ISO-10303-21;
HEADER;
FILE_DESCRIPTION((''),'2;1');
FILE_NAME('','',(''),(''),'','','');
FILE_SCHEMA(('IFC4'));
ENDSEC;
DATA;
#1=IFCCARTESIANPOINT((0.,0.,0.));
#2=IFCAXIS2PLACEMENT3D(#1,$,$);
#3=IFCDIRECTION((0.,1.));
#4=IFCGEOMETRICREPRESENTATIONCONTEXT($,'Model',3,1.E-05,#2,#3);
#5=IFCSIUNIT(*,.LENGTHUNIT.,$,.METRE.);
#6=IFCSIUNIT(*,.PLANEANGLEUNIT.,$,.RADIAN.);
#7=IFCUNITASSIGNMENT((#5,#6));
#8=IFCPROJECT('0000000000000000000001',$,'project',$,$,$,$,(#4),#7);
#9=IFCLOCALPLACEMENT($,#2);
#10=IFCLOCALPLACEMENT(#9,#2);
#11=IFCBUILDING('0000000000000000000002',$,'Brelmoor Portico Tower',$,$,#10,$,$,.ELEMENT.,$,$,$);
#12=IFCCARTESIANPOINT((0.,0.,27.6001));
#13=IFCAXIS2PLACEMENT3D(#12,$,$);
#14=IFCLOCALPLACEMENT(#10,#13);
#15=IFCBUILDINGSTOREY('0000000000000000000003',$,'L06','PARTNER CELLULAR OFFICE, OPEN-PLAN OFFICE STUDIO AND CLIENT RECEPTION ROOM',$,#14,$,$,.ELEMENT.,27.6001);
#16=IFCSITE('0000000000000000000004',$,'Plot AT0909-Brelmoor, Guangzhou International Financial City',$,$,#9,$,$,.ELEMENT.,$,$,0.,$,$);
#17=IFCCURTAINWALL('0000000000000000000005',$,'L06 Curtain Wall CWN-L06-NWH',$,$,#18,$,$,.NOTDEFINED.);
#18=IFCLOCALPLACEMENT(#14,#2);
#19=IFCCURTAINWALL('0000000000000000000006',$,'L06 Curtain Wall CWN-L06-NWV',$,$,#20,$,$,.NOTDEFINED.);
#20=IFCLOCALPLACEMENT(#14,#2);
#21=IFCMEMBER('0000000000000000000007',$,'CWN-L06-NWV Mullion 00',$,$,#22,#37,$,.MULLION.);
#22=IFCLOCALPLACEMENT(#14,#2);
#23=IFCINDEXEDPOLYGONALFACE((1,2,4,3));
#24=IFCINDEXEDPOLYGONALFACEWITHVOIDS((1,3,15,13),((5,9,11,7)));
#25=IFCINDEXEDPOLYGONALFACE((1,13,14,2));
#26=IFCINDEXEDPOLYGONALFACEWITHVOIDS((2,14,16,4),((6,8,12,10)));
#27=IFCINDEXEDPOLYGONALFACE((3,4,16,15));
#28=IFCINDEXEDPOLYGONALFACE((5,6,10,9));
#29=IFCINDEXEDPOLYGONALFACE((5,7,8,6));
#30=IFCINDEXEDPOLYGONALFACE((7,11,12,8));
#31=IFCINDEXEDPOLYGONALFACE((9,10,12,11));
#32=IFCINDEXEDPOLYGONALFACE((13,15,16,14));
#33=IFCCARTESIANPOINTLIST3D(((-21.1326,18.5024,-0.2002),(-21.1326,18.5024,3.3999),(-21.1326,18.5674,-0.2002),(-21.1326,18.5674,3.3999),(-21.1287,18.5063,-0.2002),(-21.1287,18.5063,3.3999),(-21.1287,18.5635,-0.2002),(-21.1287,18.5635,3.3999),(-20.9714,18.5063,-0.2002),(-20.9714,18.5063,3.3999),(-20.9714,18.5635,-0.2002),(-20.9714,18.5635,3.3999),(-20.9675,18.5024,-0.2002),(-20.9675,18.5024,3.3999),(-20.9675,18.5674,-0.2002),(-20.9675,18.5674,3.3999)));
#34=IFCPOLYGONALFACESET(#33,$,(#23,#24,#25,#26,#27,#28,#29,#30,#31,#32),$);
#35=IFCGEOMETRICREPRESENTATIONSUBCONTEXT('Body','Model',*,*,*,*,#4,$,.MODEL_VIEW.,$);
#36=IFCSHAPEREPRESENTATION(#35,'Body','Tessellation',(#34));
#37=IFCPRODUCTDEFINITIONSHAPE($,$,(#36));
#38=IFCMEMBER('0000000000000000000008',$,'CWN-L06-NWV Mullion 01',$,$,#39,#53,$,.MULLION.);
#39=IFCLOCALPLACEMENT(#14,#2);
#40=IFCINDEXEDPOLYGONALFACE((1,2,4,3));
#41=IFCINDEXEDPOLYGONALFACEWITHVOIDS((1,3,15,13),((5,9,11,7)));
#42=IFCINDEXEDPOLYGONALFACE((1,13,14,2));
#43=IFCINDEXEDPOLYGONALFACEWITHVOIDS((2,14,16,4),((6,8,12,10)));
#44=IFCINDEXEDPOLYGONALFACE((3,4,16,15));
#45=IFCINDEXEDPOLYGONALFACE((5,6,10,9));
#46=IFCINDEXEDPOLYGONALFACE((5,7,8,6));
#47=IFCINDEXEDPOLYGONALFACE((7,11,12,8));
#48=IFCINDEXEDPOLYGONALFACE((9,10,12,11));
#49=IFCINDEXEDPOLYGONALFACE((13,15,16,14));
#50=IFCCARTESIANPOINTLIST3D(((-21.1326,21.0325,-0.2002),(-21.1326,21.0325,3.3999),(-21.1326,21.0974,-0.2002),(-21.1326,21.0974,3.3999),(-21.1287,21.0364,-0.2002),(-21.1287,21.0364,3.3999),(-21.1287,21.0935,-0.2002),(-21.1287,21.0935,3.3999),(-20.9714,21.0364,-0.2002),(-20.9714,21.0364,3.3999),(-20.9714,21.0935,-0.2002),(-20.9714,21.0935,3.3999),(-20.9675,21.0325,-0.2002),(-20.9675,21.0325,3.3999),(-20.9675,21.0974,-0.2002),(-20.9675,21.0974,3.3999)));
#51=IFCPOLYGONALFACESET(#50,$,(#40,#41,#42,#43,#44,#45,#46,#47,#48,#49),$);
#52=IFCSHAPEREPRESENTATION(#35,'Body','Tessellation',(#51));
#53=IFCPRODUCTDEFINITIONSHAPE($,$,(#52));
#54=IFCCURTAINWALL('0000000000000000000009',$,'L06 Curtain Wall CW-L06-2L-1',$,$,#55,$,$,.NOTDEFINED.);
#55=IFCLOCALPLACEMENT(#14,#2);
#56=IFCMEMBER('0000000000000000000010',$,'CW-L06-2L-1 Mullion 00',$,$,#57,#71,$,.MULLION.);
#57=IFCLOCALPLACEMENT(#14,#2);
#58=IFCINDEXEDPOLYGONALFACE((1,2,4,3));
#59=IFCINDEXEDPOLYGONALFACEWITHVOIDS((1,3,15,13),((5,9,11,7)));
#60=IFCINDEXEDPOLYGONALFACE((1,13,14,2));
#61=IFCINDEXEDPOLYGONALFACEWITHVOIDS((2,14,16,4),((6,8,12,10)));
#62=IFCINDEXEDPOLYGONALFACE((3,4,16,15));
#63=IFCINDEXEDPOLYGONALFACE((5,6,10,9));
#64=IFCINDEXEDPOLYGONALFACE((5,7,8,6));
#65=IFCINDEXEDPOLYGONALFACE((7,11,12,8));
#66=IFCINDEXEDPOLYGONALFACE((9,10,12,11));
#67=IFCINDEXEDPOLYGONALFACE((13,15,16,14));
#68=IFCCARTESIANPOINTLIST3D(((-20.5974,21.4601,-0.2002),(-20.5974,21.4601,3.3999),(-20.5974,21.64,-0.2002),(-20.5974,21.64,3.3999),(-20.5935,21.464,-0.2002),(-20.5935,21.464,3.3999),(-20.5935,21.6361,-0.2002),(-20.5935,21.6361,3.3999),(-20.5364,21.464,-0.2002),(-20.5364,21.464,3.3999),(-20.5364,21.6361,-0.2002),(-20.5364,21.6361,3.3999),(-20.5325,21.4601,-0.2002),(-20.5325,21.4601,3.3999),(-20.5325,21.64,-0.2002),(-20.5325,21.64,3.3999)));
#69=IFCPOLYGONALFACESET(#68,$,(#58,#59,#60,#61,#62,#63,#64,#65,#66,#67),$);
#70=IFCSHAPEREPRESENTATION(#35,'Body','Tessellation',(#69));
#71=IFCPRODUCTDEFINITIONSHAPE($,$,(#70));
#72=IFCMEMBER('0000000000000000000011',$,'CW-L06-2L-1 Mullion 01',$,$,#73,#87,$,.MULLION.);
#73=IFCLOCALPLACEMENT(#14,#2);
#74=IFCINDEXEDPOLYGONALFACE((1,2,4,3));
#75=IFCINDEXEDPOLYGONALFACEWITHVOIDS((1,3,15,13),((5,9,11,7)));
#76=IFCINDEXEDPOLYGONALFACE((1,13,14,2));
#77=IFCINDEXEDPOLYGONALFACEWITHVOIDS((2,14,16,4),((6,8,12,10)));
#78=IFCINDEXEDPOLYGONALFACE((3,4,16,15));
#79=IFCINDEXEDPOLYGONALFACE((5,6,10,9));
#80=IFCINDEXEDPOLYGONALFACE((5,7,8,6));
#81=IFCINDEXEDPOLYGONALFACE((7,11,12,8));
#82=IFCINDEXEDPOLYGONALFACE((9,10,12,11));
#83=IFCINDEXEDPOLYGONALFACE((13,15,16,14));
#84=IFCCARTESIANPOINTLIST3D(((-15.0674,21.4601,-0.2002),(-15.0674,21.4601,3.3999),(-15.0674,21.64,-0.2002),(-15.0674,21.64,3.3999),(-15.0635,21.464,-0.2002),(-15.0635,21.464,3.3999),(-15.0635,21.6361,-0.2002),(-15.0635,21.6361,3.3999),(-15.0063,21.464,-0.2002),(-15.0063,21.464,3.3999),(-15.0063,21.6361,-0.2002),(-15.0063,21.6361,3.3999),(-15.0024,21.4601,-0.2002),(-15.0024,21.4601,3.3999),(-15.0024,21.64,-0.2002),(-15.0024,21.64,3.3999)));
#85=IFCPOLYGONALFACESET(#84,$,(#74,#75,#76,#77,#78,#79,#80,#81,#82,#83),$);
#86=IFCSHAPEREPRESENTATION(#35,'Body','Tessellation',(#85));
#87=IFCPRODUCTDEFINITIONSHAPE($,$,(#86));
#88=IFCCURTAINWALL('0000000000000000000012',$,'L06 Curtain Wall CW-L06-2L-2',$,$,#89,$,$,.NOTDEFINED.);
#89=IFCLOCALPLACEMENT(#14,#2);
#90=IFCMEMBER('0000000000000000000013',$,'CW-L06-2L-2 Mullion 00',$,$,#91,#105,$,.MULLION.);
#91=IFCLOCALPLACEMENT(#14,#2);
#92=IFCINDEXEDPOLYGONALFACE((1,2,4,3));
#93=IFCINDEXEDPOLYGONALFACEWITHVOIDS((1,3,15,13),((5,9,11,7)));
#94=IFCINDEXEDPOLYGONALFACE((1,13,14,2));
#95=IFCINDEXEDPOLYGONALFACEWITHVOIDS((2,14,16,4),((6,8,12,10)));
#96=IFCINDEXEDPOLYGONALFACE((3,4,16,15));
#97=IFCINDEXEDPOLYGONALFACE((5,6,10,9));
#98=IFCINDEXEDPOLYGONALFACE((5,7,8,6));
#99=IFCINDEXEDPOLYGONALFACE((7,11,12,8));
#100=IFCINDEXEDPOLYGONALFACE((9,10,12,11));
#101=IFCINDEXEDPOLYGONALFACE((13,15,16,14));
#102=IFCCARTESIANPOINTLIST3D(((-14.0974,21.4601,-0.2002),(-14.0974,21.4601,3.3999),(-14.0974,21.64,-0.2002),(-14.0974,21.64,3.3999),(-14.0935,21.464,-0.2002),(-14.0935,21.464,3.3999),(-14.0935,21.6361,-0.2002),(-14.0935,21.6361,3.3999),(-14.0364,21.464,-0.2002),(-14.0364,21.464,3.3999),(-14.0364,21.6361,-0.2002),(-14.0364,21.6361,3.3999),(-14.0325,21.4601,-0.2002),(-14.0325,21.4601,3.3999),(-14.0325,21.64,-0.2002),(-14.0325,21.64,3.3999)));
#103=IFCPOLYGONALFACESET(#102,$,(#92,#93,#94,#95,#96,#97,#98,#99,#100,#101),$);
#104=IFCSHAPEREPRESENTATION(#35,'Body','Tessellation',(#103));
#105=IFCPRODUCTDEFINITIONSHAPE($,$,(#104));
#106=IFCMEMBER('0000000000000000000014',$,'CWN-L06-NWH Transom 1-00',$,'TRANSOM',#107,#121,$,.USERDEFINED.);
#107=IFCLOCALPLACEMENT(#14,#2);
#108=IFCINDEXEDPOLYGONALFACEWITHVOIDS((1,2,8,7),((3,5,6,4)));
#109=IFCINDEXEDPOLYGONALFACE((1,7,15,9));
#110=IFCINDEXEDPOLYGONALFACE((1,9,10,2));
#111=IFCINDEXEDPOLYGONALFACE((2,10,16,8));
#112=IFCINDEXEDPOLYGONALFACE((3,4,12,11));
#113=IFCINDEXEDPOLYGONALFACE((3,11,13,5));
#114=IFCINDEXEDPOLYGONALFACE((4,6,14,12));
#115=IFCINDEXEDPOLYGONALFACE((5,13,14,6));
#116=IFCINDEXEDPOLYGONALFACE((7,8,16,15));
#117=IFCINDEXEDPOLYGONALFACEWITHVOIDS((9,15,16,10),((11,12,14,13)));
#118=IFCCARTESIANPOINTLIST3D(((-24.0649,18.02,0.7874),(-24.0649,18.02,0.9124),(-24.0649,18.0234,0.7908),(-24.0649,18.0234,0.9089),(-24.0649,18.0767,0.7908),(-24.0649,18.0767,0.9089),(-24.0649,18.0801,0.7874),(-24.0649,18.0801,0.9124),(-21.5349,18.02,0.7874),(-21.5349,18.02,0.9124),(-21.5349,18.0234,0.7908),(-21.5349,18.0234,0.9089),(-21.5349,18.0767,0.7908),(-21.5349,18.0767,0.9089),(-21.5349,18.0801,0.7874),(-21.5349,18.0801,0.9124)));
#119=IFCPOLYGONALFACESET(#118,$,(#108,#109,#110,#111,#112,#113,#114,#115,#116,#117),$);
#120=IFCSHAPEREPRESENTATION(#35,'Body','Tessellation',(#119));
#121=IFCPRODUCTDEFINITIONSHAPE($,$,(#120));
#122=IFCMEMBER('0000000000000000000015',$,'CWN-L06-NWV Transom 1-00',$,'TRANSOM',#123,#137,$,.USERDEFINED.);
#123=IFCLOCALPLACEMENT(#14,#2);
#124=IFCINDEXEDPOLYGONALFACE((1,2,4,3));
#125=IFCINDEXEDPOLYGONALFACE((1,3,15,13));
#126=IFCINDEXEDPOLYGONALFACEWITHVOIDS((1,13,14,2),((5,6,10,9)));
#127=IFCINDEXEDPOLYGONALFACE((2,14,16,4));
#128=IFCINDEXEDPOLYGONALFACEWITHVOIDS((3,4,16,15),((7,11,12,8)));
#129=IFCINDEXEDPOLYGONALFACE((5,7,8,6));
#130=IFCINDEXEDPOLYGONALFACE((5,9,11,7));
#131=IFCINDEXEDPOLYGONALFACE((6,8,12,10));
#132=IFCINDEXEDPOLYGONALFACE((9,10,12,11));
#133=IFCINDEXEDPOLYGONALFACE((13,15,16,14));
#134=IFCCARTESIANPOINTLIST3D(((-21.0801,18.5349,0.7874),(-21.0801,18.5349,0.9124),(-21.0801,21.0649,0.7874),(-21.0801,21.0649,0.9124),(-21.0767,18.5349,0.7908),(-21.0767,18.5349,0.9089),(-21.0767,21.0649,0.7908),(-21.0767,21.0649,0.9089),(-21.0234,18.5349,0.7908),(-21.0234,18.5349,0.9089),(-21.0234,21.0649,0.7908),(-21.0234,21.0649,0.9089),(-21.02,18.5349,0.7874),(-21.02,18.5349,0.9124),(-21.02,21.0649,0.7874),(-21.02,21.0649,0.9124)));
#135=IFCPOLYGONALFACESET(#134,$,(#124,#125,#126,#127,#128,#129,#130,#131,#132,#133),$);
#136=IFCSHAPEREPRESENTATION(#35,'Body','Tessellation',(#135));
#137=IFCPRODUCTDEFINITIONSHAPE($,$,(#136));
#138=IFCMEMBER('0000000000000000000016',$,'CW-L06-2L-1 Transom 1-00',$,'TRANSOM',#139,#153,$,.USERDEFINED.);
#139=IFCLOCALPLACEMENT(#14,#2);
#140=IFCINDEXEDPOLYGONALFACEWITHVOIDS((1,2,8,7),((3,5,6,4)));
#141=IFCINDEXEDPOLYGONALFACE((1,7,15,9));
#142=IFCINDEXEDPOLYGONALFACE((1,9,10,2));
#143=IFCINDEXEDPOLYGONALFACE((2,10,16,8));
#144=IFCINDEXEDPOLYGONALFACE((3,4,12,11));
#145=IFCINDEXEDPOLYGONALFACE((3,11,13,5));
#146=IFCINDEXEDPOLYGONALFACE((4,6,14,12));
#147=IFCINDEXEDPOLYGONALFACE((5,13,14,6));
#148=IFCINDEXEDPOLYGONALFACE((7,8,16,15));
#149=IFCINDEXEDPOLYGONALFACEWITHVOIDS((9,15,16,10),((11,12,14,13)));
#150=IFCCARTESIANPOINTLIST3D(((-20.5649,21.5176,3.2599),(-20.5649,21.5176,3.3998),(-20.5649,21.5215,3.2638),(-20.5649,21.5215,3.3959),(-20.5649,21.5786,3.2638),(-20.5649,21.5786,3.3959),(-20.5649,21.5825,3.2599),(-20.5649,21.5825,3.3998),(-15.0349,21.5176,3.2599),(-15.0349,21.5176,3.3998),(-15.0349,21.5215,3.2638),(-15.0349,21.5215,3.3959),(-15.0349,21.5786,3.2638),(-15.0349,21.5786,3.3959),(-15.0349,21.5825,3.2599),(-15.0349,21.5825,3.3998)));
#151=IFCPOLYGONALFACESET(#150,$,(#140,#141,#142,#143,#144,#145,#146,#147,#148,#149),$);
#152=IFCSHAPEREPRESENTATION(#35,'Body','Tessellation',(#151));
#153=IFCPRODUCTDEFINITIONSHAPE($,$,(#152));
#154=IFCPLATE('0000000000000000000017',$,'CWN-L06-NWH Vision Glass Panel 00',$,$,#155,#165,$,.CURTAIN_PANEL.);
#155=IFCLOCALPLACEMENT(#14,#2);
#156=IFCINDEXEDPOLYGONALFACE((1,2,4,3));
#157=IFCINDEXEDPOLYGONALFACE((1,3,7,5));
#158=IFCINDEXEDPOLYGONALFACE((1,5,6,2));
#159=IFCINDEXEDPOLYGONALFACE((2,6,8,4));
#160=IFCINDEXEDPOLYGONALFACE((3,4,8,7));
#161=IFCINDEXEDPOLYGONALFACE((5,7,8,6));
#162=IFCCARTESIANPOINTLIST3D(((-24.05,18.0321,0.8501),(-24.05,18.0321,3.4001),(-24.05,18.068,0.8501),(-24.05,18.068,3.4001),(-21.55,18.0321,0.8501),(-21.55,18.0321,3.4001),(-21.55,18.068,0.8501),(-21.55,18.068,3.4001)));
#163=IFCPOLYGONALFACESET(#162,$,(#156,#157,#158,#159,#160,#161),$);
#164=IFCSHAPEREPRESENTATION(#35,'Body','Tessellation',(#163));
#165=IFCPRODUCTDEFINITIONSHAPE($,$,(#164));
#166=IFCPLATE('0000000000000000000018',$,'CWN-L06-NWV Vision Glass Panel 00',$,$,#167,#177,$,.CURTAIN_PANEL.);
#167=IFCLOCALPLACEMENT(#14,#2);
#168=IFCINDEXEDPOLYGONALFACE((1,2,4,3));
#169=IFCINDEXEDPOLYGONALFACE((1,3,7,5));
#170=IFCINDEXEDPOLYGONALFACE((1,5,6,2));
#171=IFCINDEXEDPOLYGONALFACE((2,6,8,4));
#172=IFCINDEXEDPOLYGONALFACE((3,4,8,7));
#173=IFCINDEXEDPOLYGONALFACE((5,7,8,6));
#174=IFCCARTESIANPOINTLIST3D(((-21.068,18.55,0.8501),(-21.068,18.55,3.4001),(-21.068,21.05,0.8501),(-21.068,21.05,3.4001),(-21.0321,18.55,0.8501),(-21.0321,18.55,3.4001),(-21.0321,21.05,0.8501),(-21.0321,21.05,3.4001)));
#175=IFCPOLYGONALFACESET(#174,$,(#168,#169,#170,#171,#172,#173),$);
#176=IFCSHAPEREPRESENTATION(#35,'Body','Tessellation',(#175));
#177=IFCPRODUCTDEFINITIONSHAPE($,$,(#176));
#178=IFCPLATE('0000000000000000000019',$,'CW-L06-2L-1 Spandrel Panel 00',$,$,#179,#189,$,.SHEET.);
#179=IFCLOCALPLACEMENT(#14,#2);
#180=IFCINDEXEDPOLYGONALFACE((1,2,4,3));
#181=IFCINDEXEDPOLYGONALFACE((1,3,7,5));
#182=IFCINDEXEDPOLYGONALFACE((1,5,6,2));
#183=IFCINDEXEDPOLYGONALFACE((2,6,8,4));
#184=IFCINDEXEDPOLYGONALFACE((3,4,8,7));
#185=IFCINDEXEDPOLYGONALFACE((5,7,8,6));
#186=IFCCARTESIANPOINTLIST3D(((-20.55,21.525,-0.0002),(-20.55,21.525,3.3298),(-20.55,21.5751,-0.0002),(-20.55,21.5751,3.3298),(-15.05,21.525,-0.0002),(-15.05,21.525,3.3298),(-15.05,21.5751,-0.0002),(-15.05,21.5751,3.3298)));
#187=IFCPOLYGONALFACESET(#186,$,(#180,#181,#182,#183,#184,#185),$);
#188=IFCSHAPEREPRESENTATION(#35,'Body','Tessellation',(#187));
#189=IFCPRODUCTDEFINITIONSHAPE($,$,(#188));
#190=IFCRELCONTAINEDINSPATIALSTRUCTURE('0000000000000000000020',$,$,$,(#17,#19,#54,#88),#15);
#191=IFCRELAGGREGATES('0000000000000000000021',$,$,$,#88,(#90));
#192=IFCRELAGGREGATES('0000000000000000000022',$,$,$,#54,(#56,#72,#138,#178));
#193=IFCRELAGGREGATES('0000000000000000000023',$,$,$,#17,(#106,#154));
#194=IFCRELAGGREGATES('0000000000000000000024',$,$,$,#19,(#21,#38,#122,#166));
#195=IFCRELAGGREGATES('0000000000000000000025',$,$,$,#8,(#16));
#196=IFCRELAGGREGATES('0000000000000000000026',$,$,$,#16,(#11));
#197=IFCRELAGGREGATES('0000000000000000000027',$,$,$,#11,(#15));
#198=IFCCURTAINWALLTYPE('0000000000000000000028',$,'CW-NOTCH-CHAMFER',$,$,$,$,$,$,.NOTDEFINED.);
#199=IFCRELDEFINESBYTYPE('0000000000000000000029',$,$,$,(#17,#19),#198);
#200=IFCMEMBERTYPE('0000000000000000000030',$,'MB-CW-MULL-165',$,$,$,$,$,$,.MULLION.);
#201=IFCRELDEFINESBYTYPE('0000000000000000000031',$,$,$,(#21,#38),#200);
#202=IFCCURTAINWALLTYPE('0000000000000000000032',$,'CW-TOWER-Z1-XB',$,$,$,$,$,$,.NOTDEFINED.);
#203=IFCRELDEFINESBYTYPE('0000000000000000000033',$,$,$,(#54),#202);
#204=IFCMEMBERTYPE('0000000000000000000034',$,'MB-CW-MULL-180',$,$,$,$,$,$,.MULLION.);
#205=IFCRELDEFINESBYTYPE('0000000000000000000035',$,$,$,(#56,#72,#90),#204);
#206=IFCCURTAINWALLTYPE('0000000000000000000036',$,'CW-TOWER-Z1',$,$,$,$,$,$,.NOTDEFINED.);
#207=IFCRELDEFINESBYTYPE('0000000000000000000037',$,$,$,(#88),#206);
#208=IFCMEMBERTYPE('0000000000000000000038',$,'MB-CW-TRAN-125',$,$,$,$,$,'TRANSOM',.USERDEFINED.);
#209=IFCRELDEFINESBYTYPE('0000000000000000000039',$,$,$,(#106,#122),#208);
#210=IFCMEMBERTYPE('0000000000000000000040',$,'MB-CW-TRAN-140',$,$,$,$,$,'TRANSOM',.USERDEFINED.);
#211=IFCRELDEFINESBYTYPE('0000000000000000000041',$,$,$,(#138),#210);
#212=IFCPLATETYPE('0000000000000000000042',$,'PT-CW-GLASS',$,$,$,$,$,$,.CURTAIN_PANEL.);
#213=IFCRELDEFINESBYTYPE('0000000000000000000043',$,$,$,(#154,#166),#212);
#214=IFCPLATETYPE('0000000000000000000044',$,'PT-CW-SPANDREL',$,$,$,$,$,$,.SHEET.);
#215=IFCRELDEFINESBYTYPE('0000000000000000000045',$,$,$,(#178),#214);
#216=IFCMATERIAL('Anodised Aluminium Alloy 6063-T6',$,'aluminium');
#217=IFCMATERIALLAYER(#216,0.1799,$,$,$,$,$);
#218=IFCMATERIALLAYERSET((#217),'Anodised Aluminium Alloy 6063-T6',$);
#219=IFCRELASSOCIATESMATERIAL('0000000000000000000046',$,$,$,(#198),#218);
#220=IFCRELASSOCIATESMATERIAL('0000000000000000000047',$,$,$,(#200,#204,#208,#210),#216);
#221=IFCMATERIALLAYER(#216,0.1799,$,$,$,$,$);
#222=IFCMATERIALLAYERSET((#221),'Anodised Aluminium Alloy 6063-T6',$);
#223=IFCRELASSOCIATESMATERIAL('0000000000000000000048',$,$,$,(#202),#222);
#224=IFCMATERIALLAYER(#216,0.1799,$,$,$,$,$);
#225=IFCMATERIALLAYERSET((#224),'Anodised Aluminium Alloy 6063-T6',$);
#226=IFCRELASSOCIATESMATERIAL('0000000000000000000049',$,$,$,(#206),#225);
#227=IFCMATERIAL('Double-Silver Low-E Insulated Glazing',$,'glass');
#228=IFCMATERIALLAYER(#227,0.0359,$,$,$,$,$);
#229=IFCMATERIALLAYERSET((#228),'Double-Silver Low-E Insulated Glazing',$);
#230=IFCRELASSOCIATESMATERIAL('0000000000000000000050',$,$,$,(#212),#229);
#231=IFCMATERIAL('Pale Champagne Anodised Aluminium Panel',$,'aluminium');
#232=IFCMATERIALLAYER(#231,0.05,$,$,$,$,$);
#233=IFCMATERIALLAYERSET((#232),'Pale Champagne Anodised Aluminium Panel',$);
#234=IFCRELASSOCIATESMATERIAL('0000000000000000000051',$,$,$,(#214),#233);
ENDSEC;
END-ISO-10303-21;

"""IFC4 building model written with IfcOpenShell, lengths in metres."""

from ifc_helpers import new_model, si_unit, direction, frame, origin, origin_2d, place, context, subcontext, project, spatial, rectangle, hollow_rectangle, extrude, material, layer, layer_set, material_profile, profile_set, type_object, element, aggregate, save


model = new_model("IFC4")

# Units and contexts
model_context = context("Model", 3, precision=1e-05, world=origin(), true_north=direction((0.0, 1.0)))
body_context = subcontext(model_context, "Body", "Model", "MODEL_VIEW")
ifc_project = project(units=[si_unit("LENGTHUNIT", "METRE"), si_unit("PLANEANGLEUNIT", "RADIAN")], contexts=[model_context])

# Site, building, storey
site_placement = place(None, origin())
site = spatial("IfcSite", under=ifc_project, at=site_placement, Name="Plot AT0909-Brelmoor, Guangzhou International Financial City", CompositionType="ELEMENT", RefElevation=0.0)
building_placement = place(site_placement, origin())
building = spatial("IfcBuilding", under=site, at=building_placement, Name="Brelmoor Portico Tower", CompositionType="ELEMENT")
storey_placement = place(building_placement, frame((0.0, 0.0, 27.6001)))
storey = spatial("IfcBuildingStorey", under=building, at=storey_placement, Name="L06", Description="PARTNER CELLULAR OFFICE, OPEN-PLAN OFFICE STUDIO AND CLIENT RECEPTION ROOM", CompositionType="ELEMENT", Elevation=27.6001)

# Curtain walls, members
ifc_material_1 = material(Name="Anodised Aluminium Alloy 6063-T6", Category="aluminium")
ifc_layer_1 = layer(ifc_material_1, 0.1799)
ifc_layer_set_1 = layer_set([ifc_layer_1], Name="Anodised Aluminium Alloy 6063-T6")
curtain_wall_type_1 = type_object("IfcCurtainWallType", Name="CW-NOTCH-CHAMFER", PredefinedType="NOTDEFINED", material=ifc_layer_set_1)
curtain_wall_1_placement = place(storey_placement, origin())
curtain_wall_1 = element("IfcCurtainWall", 1, at=curtain_wall_1_placement, inside=storey, type_object=curtain_wall_type_1, Name="L06 Curtain Wall CWN-L06-NWH", PredefinedType="NOTDEFINED")
ifc_material_profile_1 = material_profile(ifc_material_1, hollow_rectangle(XDim=0.0649, YDim=0.165, WallThickness=0.0039, at=origin_2d()), Name="ALU MULLION 65x165")
ifc_profile_set_1 = profile_set([ifc_material_profile_1], Name="Anodised Aluminium Alloy 6063-T6")
member_type_1 = type_object("IfcMemberType", Name="MB-CW-MULL-165", PredefinedType="MULLION", material=ifc_profile_set_1)
curtain_wall_2_placement = place(storey_placement, origin())
curtain_wall_2 = element("IfcCurtainWall", 2, at=curtain_wall_2_placement, inside=storey, type_object=curtain_wall_type_1, Name="L06 Curtain Wall CWN-L06-NWV", PredefinedType="NOTDEFINED")
member_1_placement = place(storey_placement, frame((-21.05, 18.5349, -0.2002), z_axis=(0.0, 0.0, 1.0), x_axis=(0.0, 1.0, 0.0)))
member_1 = element("IfcMember", 3, at=member_1_placement, type_object=member_type_1, Name="CWN-L06-NWV Mullion 00", PredefinedType="MULLION", context=body_context, shape_type="SweptSolid", body=[
    extrude(hollow_rectangle(XDim=0.0649, YDim=0.165, WallThickness=0.0039, at=origin_2d()), origin(), (0.0, 0.0, 1.0), 3.6001),
])
member_2_placement = place(storey_placement, frame((-21.05, 21.0649, -0.2002), z_axis=(0.0, 0.0, 1.0), x_axis=(0.0, 1.0, 0.0)))
member_2 = element("IfcMember", 4, at=member_2_placement, type_object=member_type_1, Name="CWN-L06-NWV Mullion 01", PredefinedType="MULLION", context=body_context, shape_type="SweptSolid", body=[
    extrude(hollow_rectangle(XDim=0.0649, YDim=0.165, WallThickness=0.0039, at=origin_2d()), origin(), (0.0, 0.0, 1.0), 3.6001),
])
ifc_layer_2 = layer(ifc_material_1, 0.1799)
ifc_layer_set_2 = layer_set([ifc_layer_2], Name="Anodised Aluminium Alloy 6063-T6")
curtain_wall_type_2 = type_object("IfcCurtainWallType", Name="CW-TOWER-Z1-XB", PredefinedType="NOTDEFINED", material=ifc_layer_set_2)
curtain_wall_3_placement = place(storey_placement, origin())
curtain_wall_3 = element("IfcCurtainWall", 5, at=curtain_wall_3_placement, inside=storey, type_object=curtain_wall_type_2, Name="L06 Curtain Wall CW-L06-2L-1", PredefinedType="NOTDEFINED")
ifc_material_profile_2 = material_profile(ifc_material_1, hollow_rectangle(XDim=0.0649, YDim=0.1799, WallThickness=0.0039, at=origin_2d()), Name="ALU MULLION 65x180")
ifc_profile_set_2 = profile_set([ifc_material_profile_2], Name="Anodised Aluminium Alloy 6063-T6")
member_type_2 = type_object("IfcMemberType", Name="MB-CW-MULL-180", PredefinedType="MULLION", material=ifc_profile_set_2)
member_3_placement = place(storey_placement, frame((-20.5649, 21.55, -0.2002), z_axis=(0.0, 0.0, 1.0), x_axis=(1.0, 0.0, 0.0)))
member_3 = element("IfcMember", 6, at=member_3_placement, type_object=member_type_2, Name="CW-L06-2L-1 Mullion 00", PredefinedType="MULLION", context=body_context, shape_type="SweptSolid", body=[
    extrude(hollow_rectangle(XDim=0.0649, YDim=0.1799, WallThickness=0.0039, at=origin_2d()), origin(), (0.0, 0.0, 1.0), 3.6001),
])
member_4_placement = place(storey_placement, frame((-15.0349, 21.55, -0.2002), z_axis=(0.0, 0.0, 1.0), x_axis=(1.0, 0.0, 0.0)))
member_4 = element("IfcMember", 7, at=member_4_placement, type_object=member_type_2, Name="CW-L06-2L-1 Mullion 01", PredefinedType="MULLION", context=body_context, shape_type="SweptSolid", body=[
    extrude(hollow_rectangle(XDim=0.0649, YDim=0.1799, WallThickness=0.0039, at=origin_2d()), origin(), (0.0, 0.0, 1.0), 3.6001),
])

# Curtain wall, member
ifc_layer_3 = layer(ifc_material_1, 0.1799)
ifc_layer_set_3 = layer_set([ifc_layer_3], Name="Anodised Aluminium Alloy 6063-T6")
curtain_wall_type_3 = type_object("IfcCurtainWallType", Name="CW-TOWER-Z1", PredefinedType="NOTDEFINED", material=ifc_layer_set_3)
curtain_wall_4_placement = place(storey_placement, origin())
curtain_wall_4 = element("IfcCurtainWall", 8, at=curtain_wall_4_placement, inside=storey, type_object=curtain_wall_type_3, Name="L06 Curtain Wall CW-L06-2L-2", PredefinedType="NOTDEFINED")
member_5_placement = place(storey_placement, frame((-14.0649, 21.55, -0.2002), z_axis=(0.0, 0.0, 1.0), x_axis=(1.0, 0.0, 0.0)))
member_5 = element("IfcMember", 9, at=member_5_placement, type_object=member_type_2, Name="CW-L06-2L-2 Mullion 00", PredefinedType="MULLION", context=body_context, shape_type="SweptSolid", body=[
    extrude(hollow_rectangle(XDim=0.0649, YDim=0.1799, WallThickness=0.0039, at=origin_2d()), origin(), (0.0, 0.0, 1.0), 3.6001),
])
aggregate(curtain_wall_4, [member_5])

# Members
ifc_material_profile_3 = material_profile(ifc_material_1, hollow_rectangle(XDim=0.0601, YDim=0.125, WallThickness=0.0034, at=origin_2d()), Name="ALU TRANSOM 60x125")
ifc_profile_set_3 = profile_set([ifc_material_profile_3], Name="Anodised Aluminium Alloy 6063-T6")
member_type_3 = type_object("IfcMemberType", Name="MB-CW-TRAN-125", ElementType="TRANSOM", PredefinedType="USERDEFINED", material=ifc_profile_set_3)
member_6_placement = place(storey_placement, frame((-24.0649, 18.05, 0.8499), z_axis=(1.0, 0.0, 0.0), x_axis=(0.0, 1.0, 0.0)))
member_6 = element("IfcMember", 10, at=member_6_placement, type_object=member_type_3, Name="CWN-L06-NWH Transom 1-00", ObjectType="TRANSOM", PredefinedType="USERDEFINED", context=body_context, shape_type="SweptSolid", body=[
    extrude(hollow_rectangle(XDim=0.0601, YDim=0.125, WallThickness=0.0034, at=origin_2d()), origin(), (0.0, 0.0, 1.0), 2.53),
])
member_7_placement = place(storey_placement, frame((-21.05, 18.5349, 0.8499), z_axis=(0.0, 1.0, 0.0), x_axis=(-1.0, 0.0, 0.0)))
member_7 = element("IfcMember", 11, at=member_7_placement, type_object=member_type_3, Name="CWN-L06-NWV Transom 1-00", ObjectType="TRANSOM", PredefinedType="USERDEFINED", context=body_context, shape_type="SweptSolid", body=[
    extrude(hollow_rectangle(XDim=0.0601, YDim=0.125, WallThickness=0.0034, at=origin_2d()), origin(), (0.0, 0.0, 1.0), 2.53),
])
ifc_material_profile_4 = material_profile(ifc_material_1, hollow_rectangle(XDim=0.0649, YDim=0.1399, WallThickness=0.0039, at=origin_2d()), Name="ALU TRANSOM 65x140")
ifc_profile_set_4 = profile_set([ifc_material_profile_4], Name="Anodised Aluminium Alloy 6063-T6")
member_type_4 = type_object("IfcMemberType", Name="MB-CW-TRAN-140", ElementType="TRANSOM", PredefinedType="USERDEFINED", material=ifc_profile_set_4)
member_8_placement = place(storey_placement, frame((-20.5649, 21.55, 3.3298), z_axis=(1.0, 0.0, 0.0), x_axis=(0.0, 1.0, 0.0)))
member_8 = element("IfcMember", 12, at=member_8_placement, type_object=member_type_4, Name="CW-L06-2L-1 Transom 1-00", ObjectType="TRANSOM", PredefinedType="USERDEFINED", context=body_context, shape_type="SweptSolid", body=[
    extrude(hollow_rectangle(XDim=0.0649, YDim=0.1399, WallThickness=0.0039, at=origin_2d()), origin(), (0.0, 0.0, 1.0), 5.53),
])

# Plates
ifc_material_2 = material(Name="Double-Silver Low-E Insulated Glazing", Category="glass")
ifc_layer_4 = layer(ifc_material_2, 0.0359)
ifc_layer_set_4 = layer_set([ifc_layer_4], Name="Double-Silver Low-E Insulated Glazing")
plate_type_1 = type_object("IfcPlateType", Name="PT-CW-GLASS", PredefinedType="CURTAIN_PANEL", material=ifc_layer_set_4)
plate_1_placement = place(storey_placement, frame((-22.8, 18.05, 0.8501), z_axis=(0.0, 0.0, 1.0), x_axis=(1.0, 0.0, 0.0)))
plate_1 = element("IfcPlate", 13, at=plate_1_placement, type_object=plate_type_1, Name="CWN-L06-NWH Vision Glass Panel 00", PredefinedType="CURTAIN_PANEL", context=body_context, shape_type="SweptSolid", body=[
    extrude(rectangle(XDim=2.5, YDim=0.0359, at=origin_2d()), origin(), (0.0, 0.0, 1.0), 2.55),
])
plate_2_placement = place(storey_placement, frame((-21.05, 19.8, 0.8501), z_axis=(0.0, 0.0, 1.0), x_axis=(0.0, 1.0, 0.0)))
plate_2 = element("IfcPlate", 14, at=plate_2_placement, type_object=plate_type_1, Name="CWN-L06-NWV Vision Glass Panel 00", PredefinedType="CURTAIN_PANEL", context=body_context, shape_type="SweptSolid", body=[
    extrude(rectangle(XDim=2.5, YDim=0.0359, at=origin_2d()), origin(), (0.0, 0.0, 1.0), 2.55),
])
ifc_material_3 = material(Name="Pale Champagne Anodised Aluminium Panel", Category="aluminium")
ifc_layer_5 = layer(ifc_material_3, 0.05)
ifc_layer_set_5 = layer_set([ifc_layer_5], Name="Pale Champagne Anodised Aluminium Panel")
plate_type_2 = type_object("IfcPlateType", Name="PT-CW-SPANDREL", PredefinedType="SHEET", material=ifc_layer_set_5)
plate_3_placement = place(storey_placement, frame((-17.8, 21.55, -0.0002), z_axis=(0.0, 0.0, 1.0), x_axis=(1.0, 0.0, 0.0)))
plate_3 = element("IfcPlate", 15, at=plate_3_placement, type_object=plate_type_2, Name="CW-L06-2L-1 Spandrel Panel 00", PredefinedType="SHEET", context=body_context, shape_type="SweptSolid", body=[
    extrude(rectangle(XDim=5.5, YDim=0.05, at=origin_2d()), origin(), (0.0, 0.0, 1.0), 3.3301),
])
aggregate(curtain_wall_3, [member_3, member_4, member_8, plate_3])
aggregate(curtain_wall_1, [member_6, plate_1])
aggregate(curtain_wall_2, [member_1, member_2, member_7, plate_2])

save(model, "model.ifc")
